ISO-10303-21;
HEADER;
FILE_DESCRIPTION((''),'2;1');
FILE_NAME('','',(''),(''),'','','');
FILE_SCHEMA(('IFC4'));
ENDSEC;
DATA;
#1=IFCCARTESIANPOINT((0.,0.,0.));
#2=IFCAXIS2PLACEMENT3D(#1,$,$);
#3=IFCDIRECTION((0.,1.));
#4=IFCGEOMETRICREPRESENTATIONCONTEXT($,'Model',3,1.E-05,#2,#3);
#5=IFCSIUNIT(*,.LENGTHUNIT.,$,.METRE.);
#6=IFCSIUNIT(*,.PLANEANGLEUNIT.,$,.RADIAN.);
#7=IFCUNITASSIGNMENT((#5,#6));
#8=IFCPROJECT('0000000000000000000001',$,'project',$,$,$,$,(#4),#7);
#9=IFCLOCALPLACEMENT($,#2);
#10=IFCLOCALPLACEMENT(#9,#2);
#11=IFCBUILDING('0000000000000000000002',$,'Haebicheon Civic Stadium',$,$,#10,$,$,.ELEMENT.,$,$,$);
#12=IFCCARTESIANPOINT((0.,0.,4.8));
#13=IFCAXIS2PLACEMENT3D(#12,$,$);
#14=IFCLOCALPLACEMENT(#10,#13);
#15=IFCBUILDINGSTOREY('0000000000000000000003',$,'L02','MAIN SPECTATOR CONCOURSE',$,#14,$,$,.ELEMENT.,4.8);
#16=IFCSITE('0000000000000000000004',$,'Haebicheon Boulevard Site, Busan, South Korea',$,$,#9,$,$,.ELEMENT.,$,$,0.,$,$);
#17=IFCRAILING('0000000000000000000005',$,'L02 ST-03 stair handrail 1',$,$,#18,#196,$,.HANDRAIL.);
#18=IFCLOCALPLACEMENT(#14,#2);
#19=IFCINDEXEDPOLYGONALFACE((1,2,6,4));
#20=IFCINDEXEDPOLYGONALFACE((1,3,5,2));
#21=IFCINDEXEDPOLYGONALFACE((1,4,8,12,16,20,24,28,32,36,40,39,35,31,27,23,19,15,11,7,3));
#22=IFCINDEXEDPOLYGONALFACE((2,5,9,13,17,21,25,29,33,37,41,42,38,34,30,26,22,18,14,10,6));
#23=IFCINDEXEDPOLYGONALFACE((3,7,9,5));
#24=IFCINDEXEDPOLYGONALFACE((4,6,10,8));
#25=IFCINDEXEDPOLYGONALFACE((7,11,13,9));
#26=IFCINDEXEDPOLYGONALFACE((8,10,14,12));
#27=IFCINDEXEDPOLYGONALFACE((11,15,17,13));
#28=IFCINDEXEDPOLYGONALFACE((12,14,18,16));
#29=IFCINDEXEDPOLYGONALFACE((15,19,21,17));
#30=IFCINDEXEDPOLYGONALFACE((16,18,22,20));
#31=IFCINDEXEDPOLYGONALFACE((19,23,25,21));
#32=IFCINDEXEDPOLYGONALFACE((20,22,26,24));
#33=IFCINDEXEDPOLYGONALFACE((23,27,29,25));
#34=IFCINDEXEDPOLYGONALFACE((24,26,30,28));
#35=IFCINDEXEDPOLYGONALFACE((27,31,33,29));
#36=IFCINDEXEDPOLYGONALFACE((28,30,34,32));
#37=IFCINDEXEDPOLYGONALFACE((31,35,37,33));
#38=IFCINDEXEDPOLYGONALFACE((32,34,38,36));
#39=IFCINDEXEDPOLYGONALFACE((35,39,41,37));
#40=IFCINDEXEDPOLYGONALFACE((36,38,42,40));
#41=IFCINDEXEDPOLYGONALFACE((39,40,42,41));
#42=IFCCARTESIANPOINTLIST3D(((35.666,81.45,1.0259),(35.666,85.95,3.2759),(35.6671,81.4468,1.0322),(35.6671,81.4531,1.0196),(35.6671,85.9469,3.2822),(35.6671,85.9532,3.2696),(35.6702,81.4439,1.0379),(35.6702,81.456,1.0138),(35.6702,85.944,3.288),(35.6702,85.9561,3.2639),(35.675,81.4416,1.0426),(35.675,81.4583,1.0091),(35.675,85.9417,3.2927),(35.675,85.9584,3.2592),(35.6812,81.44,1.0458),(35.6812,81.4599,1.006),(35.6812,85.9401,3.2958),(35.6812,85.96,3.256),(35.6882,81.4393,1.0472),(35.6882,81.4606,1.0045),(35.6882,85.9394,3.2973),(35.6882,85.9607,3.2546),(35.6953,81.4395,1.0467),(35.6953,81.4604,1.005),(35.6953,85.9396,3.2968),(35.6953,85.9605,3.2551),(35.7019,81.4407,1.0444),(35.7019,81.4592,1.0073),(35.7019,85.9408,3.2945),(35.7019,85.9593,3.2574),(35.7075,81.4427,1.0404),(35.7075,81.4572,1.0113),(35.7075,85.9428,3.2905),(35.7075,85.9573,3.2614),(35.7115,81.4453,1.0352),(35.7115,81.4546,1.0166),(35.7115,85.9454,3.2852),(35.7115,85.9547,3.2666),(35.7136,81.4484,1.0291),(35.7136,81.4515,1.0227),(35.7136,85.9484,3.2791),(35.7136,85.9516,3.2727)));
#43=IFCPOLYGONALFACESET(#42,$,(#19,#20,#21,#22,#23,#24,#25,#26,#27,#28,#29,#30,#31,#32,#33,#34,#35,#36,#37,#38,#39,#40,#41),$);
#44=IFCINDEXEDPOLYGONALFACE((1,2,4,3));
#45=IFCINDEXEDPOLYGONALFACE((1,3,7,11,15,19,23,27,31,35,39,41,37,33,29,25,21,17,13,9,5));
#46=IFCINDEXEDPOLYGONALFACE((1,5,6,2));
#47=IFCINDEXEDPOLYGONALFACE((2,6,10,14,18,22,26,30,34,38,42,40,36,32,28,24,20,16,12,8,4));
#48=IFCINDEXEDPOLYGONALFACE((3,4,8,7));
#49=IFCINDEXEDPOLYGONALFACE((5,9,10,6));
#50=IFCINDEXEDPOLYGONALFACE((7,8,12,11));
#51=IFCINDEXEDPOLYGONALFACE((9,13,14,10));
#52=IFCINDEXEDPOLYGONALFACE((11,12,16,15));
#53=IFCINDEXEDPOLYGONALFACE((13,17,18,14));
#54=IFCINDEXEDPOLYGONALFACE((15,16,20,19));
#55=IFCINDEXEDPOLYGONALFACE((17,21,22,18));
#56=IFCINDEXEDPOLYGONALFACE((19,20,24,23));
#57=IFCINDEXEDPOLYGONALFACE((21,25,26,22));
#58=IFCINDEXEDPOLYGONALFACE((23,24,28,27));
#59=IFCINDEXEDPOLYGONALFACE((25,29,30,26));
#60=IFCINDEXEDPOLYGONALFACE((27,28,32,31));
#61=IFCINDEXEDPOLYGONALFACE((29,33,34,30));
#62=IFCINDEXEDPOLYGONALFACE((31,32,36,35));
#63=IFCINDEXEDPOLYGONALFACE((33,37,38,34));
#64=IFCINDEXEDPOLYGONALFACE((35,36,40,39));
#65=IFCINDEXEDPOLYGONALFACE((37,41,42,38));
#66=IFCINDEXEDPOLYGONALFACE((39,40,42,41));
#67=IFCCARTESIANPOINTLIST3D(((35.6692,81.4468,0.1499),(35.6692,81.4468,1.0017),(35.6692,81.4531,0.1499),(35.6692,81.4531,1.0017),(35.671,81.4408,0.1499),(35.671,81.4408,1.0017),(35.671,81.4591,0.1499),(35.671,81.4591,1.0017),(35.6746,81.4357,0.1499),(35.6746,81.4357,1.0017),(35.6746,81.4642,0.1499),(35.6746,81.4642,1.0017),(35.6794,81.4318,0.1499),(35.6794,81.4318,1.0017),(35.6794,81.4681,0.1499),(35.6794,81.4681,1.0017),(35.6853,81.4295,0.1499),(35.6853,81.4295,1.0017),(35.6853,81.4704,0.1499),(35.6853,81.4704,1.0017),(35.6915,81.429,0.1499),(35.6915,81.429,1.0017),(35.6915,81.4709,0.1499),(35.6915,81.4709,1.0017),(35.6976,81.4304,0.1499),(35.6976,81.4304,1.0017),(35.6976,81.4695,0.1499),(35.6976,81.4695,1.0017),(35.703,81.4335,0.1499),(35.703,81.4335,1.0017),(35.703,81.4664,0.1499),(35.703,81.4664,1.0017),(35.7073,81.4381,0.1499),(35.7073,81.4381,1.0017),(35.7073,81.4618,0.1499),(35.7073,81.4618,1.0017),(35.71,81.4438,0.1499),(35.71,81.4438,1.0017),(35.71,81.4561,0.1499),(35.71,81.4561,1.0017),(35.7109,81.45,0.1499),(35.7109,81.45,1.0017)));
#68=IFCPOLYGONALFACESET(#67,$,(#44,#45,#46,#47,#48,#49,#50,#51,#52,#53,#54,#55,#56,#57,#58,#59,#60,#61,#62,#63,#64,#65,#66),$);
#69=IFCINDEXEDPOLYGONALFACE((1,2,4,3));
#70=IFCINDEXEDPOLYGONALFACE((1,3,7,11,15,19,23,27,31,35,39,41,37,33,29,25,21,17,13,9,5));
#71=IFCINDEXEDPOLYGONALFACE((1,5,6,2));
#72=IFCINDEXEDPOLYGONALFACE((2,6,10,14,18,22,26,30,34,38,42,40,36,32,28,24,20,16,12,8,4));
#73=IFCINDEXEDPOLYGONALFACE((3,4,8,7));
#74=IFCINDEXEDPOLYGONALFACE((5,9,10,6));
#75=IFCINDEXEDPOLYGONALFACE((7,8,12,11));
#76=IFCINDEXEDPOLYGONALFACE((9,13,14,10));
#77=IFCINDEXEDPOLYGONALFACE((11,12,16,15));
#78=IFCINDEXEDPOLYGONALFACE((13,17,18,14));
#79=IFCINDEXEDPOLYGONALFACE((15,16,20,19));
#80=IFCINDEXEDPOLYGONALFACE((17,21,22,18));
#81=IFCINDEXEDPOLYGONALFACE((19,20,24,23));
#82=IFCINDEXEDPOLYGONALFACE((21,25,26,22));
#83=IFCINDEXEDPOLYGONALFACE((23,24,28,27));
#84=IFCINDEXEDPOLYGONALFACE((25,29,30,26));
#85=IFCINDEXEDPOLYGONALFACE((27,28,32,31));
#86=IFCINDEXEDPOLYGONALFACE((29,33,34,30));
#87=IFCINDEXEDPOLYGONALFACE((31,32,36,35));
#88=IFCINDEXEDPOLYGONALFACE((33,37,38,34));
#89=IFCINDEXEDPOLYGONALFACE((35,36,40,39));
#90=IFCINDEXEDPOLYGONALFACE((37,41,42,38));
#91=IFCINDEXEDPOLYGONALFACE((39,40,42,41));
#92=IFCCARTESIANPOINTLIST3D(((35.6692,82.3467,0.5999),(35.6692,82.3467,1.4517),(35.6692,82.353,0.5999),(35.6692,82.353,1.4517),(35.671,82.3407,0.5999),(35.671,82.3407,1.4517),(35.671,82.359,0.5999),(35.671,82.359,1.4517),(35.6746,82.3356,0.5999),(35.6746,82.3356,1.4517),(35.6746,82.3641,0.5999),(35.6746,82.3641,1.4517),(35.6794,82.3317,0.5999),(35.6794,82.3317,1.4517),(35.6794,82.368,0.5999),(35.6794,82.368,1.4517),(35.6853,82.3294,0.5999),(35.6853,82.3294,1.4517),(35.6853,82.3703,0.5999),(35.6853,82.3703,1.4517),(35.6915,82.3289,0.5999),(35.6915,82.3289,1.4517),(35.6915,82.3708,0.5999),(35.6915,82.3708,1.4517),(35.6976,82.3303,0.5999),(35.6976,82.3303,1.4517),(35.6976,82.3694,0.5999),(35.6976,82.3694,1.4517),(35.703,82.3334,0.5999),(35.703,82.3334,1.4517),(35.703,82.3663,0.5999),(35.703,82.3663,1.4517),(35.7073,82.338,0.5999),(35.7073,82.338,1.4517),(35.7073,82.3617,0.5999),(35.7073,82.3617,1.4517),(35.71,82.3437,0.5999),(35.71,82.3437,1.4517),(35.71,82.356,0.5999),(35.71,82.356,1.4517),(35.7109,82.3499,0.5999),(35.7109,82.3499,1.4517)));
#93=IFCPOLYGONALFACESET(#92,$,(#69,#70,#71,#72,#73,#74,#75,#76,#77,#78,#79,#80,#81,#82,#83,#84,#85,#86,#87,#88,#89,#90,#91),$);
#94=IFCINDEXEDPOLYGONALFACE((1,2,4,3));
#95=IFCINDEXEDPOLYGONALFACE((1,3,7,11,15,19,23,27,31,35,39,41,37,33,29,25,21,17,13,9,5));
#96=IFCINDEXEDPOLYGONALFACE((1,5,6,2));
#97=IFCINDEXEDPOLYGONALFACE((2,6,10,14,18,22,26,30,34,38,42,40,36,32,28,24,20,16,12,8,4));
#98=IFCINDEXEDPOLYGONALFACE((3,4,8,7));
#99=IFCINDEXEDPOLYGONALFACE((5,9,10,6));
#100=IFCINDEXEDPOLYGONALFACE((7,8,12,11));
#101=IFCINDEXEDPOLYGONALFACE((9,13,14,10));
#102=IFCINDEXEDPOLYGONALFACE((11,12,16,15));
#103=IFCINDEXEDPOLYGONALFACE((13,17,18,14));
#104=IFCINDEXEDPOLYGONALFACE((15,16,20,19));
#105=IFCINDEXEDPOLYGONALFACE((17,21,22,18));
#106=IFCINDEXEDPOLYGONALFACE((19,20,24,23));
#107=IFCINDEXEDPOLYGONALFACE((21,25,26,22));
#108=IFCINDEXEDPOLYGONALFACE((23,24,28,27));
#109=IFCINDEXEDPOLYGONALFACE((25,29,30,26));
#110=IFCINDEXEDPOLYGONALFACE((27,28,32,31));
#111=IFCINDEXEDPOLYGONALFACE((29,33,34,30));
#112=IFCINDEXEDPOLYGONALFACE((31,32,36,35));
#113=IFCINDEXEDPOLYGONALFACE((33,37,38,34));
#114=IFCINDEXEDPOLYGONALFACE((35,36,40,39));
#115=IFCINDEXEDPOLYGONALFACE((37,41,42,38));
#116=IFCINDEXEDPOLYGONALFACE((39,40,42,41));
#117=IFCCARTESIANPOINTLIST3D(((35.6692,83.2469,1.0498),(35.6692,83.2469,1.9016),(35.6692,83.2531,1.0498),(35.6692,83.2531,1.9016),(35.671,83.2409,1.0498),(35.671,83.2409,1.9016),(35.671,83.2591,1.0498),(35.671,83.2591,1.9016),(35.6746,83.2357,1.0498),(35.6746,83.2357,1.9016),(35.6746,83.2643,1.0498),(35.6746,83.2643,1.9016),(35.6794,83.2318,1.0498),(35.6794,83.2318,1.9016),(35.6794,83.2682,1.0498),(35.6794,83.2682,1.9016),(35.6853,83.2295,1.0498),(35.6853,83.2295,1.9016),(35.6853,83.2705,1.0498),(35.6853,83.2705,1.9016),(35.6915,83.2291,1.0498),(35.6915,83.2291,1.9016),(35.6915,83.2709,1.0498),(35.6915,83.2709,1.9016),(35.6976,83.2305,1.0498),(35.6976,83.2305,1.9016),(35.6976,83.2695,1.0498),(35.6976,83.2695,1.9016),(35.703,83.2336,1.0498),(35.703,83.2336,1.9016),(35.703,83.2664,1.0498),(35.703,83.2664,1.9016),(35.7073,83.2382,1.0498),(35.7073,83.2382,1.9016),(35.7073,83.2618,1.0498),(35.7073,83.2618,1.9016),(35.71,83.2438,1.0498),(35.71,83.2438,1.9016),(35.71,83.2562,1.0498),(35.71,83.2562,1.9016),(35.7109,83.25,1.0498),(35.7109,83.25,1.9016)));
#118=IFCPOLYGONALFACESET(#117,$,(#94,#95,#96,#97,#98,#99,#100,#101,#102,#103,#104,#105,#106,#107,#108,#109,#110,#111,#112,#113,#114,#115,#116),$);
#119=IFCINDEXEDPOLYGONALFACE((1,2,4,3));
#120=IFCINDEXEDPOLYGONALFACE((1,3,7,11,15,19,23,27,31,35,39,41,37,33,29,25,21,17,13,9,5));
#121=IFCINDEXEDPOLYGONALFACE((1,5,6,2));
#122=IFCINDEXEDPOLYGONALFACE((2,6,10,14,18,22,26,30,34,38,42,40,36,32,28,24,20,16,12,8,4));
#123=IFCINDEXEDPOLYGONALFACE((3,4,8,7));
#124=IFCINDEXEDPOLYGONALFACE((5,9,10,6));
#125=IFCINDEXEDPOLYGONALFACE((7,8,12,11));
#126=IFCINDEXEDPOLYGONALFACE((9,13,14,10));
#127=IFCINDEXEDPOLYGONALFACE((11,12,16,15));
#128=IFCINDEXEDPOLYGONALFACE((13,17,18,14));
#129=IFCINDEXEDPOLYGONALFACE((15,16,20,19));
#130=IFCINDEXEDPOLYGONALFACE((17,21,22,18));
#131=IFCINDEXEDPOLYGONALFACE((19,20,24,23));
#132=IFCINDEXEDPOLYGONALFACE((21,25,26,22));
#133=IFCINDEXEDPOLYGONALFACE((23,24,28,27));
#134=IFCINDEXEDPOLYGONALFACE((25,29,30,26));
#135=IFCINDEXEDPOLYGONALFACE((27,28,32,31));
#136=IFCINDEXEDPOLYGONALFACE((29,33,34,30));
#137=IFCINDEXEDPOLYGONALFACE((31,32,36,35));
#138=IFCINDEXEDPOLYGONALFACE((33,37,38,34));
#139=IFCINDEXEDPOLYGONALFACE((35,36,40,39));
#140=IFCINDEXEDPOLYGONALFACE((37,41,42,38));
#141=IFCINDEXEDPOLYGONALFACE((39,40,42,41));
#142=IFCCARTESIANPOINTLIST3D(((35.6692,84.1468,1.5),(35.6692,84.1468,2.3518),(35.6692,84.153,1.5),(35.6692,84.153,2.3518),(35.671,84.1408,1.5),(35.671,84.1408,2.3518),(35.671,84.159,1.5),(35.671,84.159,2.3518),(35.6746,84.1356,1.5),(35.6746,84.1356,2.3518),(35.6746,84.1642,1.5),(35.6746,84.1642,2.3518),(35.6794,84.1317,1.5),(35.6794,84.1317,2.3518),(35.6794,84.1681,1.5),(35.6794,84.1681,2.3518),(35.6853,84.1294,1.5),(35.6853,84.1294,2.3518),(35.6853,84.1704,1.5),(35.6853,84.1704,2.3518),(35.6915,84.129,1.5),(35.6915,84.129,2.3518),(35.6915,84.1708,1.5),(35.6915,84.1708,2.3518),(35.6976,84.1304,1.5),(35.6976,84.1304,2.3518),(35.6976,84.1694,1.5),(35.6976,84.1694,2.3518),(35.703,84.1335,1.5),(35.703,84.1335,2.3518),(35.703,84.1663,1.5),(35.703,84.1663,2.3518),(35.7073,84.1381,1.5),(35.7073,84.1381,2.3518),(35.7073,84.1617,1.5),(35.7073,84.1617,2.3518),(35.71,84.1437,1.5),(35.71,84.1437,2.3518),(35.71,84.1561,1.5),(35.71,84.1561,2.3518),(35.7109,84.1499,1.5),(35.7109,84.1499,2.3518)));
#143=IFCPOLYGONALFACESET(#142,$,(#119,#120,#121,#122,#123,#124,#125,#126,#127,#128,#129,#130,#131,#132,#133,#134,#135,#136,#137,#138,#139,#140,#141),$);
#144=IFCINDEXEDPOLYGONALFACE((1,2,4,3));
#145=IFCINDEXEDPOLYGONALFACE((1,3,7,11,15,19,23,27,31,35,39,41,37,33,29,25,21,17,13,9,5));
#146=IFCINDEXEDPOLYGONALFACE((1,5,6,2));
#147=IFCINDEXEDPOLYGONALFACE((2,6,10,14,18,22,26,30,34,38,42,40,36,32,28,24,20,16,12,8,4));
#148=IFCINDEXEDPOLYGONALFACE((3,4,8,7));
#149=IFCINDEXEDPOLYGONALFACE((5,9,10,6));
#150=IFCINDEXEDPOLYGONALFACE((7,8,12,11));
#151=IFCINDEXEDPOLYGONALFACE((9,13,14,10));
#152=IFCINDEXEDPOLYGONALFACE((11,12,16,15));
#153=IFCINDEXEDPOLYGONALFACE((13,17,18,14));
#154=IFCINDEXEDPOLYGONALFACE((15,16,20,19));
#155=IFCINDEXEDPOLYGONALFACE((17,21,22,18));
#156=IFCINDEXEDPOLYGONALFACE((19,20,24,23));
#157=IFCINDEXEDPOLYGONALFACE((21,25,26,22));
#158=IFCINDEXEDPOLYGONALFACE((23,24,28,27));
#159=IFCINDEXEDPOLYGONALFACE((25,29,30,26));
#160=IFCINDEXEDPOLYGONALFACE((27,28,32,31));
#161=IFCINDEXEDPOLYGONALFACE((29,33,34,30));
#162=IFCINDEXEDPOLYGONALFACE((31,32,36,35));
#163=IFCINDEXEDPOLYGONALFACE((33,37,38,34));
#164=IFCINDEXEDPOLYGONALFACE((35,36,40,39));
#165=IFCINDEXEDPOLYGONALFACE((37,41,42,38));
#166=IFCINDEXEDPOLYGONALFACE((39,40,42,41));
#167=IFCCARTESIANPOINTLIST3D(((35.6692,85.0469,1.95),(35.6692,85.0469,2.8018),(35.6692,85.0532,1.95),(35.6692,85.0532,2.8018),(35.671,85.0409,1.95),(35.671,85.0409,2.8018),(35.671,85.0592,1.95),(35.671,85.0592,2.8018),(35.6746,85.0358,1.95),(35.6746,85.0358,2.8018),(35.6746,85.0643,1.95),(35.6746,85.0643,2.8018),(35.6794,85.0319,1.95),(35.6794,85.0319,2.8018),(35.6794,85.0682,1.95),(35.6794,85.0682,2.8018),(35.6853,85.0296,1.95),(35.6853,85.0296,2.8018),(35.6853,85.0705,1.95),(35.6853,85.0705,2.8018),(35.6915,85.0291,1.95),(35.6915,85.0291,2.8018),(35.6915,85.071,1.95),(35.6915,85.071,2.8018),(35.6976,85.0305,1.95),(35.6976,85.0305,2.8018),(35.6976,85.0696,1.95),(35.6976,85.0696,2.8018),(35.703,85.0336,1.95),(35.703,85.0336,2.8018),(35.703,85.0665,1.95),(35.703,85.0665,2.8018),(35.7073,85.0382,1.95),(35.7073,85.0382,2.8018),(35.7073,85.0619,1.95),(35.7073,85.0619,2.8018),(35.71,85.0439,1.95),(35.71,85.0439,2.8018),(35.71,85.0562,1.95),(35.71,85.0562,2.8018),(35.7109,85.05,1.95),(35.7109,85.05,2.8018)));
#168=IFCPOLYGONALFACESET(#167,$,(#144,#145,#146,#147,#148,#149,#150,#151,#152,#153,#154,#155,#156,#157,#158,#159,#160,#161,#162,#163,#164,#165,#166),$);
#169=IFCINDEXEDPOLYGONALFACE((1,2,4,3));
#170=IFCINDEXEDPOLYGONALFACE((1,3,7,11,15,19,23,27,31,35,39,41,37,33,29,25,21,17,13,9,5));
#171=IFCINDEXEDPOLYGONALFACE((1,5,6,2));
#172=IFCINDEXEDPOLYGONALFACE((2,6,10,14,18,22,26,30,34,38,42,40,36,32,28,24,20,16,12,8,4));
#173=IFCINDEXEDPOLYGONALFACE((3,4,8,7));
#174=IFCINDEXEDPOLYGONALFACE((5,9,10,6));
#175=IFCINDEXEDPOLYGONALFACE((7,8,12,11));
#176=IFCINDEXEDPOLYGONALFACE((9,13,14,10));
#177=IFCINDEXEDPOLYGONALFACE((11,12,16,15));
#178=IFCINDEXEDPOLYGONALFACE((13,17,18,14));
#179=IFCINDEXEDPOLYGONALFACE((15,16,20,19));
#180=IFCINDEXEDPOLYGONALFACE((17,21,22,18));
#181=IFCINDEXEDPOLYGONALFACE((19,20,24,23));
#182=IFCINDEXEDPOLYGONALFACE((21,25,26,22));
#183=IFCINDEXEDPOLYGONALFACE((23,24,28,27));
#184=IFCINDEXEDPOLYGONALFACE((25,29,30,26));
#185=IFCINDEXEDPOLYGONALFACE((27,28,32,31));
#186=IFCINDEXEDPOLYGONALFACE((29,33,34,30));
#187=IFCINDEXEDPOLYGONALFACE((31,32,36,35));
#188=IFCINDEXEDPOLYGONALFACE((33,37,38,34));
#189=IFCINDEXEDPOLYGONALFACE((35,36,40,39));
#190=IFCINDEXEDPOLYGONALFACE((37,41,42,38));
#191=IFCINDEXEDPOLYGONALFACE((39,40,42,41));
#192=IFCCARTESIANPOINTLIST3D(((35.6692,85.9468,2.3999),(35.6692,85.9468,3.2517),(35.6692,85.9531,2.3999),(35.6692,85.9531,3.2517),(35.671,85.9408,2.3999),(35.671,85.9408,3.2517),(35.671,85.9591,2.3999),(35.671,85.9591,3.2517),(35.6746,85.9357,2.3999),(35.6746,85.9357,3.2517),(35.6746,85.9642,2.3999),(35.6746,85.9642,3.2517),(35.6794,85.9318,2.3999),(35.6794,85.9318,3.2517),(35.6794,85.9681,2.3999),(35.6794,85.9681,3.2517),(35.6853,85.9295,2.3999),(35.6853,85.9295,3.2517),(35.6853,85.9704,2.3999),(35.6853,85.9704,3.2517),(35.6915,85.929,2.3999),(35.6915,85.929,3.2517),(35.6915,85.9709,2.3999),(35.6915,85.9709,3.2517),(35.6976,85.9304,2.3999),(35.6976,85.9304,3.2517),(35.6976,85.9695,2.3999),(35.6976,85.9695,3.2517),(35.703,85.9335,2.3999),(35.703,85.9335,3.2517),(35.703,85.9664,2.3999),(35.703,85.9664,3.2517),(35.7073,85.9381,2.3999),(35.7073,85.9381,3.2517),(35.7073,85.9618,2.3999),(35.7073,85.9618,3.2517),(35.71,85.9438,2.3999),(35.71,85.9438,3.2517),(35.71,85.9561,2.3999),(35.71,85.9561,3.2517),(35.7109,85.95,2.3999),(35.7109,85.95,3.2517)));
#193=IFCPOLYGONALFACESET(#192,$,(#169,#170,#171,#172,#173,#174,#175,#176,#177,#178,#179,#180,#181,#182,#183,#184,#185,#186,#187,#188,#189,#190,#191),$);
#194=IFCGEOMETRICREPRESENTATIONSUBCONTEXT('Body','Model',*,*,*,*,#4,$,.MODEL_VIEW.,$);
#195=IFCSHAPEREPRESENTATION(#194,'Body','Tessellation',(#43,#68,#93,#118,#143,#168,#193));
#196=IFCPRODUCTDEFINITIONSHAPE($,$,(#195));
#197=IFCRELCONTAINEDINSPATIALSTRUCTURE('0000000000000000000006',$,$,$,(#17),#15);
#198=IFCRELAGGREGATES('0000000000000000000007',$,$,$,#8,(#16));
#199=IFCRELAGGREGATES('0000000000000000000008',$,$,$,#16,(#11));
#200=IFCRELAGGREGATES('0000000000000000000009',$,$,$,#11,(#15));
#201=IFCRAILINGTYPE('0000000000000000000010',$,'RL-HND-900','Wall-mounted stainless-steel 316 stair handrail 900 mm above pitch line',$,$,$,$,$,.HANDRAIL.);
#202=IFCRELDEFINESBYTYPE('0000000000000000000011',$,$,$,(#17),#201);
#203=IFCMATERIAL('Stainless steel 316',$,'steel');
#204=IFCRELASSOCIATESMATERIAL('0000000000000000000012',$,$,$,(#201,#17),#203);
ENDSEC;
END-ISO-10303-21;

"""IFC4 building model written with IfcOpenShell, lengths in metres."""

from ifc_helpers import new_model, si_unit, direction, frame, origin, origin_2d, place, context, subcontext, project, spatial, circle, extrude, material, type_object, element, save


model = new_model("IFC4")

# Units and contexts
model_context = context("Model", 3, precision=1e-05, world=origin(), true_north=direction((0.0, 1.0)))
body_context = subcontext(model_context, "Body", "Model", "MODEL_VIEW")
ifc_project = project(units=[si_unit("LENGTHUNIT", "METRE"), si_unit("PLANEANGLEUNIT", "RADIAN")], contexts=[model_context])

# Site, building, storey
site_placement = place(None, origin())
site = spatial("IfcSite", under=ifc_project, at=site_placement, Name="Haebicheon Boulevard Site, Busan, South Korea", CompositionType="ELEMENT", RefElevation=0.0)
building_placement = place(site_placement, origin())
building = spatial("IfcBuilding", under=site, at=building_placement, Name="Haebicheon Civic Stadium", CompositionType="ELEMENT")
storey_placement = place(building_placement, frame((0.0, 0.0, 4.8)))
storey = spatial("IfcBuildingStorey", under=building, at=storey_placement, Name="L02", Description="MAIN SPECTATOR CONCOURSE", CompositionType="ELEMENT", Elevation=4.8)

# Railing
ifc_material_1 = material(Name="Stainless steel 316", Category="steel")
railing_type_1 = type_object("IfcRailingType", Name="RL-HND-900", Description="Wall-mounted stainless-steel 316 stair handrail 900 mm above pitch line", PredefinedType="HANDRAIL", material=ifc_material_1)
railing_1_placement = place(storey_placement, frame((35.6899, 81.45, 0.1499)))
element("IfcRailing", 1, at=railing_1_placement, inside=storey, type_object=railing_type_1, material=ifc_material_1, Name="L02 ST-03 stair handrail 1", PredefinedType="HANDRAIL", context=body_context, shape_type="SweptSolid", body=[
    extrude(circle(Radius=0.0239, at=origin_2d()), frame((0.0, 0.0, 0.876), z_axis=(0.0, 0.894427, 0.447214), x_axis=(-1.0, 0.0, 0.0)), (0.0, 0.0, 1.0), 5.0312),
    extrude(circle(Radius=0.021, at=origin_2d()), origin(), (0.0, 0.0, 1.0), 0.8518),
    extrude(circle(Radius=0.021, at=origin_2d()), frame((0.0, 0.8999, 0.45)), (0.0, 0.0, 1.0), 0.8518),
    extrude(circle(Radius=0.021, at=origin_2d()), frame((0.0, 1.8, 0.8999)), (0.0, 0.0, 1.0), 0.8518),
    extrude(circle(Radius=0.021, at=origin_2d()), frame((0.0, 2.7, 1.3501)), (0.0, 0.0, 1.0), 0.8518),
    extrude(circle(Radius=0.021, at=origin_2d()), frame((0.0, 3.6001, 1.8)), (0.0, 0.0, 1.0), 0.8518),
    extrude(circle(Radius=0.021, at=origin_2d()), frame((0.0, 4.5, 2.25)), (0.0, 0.0, 1.0), 0.8518),
])

save(model, "model.ifc")
